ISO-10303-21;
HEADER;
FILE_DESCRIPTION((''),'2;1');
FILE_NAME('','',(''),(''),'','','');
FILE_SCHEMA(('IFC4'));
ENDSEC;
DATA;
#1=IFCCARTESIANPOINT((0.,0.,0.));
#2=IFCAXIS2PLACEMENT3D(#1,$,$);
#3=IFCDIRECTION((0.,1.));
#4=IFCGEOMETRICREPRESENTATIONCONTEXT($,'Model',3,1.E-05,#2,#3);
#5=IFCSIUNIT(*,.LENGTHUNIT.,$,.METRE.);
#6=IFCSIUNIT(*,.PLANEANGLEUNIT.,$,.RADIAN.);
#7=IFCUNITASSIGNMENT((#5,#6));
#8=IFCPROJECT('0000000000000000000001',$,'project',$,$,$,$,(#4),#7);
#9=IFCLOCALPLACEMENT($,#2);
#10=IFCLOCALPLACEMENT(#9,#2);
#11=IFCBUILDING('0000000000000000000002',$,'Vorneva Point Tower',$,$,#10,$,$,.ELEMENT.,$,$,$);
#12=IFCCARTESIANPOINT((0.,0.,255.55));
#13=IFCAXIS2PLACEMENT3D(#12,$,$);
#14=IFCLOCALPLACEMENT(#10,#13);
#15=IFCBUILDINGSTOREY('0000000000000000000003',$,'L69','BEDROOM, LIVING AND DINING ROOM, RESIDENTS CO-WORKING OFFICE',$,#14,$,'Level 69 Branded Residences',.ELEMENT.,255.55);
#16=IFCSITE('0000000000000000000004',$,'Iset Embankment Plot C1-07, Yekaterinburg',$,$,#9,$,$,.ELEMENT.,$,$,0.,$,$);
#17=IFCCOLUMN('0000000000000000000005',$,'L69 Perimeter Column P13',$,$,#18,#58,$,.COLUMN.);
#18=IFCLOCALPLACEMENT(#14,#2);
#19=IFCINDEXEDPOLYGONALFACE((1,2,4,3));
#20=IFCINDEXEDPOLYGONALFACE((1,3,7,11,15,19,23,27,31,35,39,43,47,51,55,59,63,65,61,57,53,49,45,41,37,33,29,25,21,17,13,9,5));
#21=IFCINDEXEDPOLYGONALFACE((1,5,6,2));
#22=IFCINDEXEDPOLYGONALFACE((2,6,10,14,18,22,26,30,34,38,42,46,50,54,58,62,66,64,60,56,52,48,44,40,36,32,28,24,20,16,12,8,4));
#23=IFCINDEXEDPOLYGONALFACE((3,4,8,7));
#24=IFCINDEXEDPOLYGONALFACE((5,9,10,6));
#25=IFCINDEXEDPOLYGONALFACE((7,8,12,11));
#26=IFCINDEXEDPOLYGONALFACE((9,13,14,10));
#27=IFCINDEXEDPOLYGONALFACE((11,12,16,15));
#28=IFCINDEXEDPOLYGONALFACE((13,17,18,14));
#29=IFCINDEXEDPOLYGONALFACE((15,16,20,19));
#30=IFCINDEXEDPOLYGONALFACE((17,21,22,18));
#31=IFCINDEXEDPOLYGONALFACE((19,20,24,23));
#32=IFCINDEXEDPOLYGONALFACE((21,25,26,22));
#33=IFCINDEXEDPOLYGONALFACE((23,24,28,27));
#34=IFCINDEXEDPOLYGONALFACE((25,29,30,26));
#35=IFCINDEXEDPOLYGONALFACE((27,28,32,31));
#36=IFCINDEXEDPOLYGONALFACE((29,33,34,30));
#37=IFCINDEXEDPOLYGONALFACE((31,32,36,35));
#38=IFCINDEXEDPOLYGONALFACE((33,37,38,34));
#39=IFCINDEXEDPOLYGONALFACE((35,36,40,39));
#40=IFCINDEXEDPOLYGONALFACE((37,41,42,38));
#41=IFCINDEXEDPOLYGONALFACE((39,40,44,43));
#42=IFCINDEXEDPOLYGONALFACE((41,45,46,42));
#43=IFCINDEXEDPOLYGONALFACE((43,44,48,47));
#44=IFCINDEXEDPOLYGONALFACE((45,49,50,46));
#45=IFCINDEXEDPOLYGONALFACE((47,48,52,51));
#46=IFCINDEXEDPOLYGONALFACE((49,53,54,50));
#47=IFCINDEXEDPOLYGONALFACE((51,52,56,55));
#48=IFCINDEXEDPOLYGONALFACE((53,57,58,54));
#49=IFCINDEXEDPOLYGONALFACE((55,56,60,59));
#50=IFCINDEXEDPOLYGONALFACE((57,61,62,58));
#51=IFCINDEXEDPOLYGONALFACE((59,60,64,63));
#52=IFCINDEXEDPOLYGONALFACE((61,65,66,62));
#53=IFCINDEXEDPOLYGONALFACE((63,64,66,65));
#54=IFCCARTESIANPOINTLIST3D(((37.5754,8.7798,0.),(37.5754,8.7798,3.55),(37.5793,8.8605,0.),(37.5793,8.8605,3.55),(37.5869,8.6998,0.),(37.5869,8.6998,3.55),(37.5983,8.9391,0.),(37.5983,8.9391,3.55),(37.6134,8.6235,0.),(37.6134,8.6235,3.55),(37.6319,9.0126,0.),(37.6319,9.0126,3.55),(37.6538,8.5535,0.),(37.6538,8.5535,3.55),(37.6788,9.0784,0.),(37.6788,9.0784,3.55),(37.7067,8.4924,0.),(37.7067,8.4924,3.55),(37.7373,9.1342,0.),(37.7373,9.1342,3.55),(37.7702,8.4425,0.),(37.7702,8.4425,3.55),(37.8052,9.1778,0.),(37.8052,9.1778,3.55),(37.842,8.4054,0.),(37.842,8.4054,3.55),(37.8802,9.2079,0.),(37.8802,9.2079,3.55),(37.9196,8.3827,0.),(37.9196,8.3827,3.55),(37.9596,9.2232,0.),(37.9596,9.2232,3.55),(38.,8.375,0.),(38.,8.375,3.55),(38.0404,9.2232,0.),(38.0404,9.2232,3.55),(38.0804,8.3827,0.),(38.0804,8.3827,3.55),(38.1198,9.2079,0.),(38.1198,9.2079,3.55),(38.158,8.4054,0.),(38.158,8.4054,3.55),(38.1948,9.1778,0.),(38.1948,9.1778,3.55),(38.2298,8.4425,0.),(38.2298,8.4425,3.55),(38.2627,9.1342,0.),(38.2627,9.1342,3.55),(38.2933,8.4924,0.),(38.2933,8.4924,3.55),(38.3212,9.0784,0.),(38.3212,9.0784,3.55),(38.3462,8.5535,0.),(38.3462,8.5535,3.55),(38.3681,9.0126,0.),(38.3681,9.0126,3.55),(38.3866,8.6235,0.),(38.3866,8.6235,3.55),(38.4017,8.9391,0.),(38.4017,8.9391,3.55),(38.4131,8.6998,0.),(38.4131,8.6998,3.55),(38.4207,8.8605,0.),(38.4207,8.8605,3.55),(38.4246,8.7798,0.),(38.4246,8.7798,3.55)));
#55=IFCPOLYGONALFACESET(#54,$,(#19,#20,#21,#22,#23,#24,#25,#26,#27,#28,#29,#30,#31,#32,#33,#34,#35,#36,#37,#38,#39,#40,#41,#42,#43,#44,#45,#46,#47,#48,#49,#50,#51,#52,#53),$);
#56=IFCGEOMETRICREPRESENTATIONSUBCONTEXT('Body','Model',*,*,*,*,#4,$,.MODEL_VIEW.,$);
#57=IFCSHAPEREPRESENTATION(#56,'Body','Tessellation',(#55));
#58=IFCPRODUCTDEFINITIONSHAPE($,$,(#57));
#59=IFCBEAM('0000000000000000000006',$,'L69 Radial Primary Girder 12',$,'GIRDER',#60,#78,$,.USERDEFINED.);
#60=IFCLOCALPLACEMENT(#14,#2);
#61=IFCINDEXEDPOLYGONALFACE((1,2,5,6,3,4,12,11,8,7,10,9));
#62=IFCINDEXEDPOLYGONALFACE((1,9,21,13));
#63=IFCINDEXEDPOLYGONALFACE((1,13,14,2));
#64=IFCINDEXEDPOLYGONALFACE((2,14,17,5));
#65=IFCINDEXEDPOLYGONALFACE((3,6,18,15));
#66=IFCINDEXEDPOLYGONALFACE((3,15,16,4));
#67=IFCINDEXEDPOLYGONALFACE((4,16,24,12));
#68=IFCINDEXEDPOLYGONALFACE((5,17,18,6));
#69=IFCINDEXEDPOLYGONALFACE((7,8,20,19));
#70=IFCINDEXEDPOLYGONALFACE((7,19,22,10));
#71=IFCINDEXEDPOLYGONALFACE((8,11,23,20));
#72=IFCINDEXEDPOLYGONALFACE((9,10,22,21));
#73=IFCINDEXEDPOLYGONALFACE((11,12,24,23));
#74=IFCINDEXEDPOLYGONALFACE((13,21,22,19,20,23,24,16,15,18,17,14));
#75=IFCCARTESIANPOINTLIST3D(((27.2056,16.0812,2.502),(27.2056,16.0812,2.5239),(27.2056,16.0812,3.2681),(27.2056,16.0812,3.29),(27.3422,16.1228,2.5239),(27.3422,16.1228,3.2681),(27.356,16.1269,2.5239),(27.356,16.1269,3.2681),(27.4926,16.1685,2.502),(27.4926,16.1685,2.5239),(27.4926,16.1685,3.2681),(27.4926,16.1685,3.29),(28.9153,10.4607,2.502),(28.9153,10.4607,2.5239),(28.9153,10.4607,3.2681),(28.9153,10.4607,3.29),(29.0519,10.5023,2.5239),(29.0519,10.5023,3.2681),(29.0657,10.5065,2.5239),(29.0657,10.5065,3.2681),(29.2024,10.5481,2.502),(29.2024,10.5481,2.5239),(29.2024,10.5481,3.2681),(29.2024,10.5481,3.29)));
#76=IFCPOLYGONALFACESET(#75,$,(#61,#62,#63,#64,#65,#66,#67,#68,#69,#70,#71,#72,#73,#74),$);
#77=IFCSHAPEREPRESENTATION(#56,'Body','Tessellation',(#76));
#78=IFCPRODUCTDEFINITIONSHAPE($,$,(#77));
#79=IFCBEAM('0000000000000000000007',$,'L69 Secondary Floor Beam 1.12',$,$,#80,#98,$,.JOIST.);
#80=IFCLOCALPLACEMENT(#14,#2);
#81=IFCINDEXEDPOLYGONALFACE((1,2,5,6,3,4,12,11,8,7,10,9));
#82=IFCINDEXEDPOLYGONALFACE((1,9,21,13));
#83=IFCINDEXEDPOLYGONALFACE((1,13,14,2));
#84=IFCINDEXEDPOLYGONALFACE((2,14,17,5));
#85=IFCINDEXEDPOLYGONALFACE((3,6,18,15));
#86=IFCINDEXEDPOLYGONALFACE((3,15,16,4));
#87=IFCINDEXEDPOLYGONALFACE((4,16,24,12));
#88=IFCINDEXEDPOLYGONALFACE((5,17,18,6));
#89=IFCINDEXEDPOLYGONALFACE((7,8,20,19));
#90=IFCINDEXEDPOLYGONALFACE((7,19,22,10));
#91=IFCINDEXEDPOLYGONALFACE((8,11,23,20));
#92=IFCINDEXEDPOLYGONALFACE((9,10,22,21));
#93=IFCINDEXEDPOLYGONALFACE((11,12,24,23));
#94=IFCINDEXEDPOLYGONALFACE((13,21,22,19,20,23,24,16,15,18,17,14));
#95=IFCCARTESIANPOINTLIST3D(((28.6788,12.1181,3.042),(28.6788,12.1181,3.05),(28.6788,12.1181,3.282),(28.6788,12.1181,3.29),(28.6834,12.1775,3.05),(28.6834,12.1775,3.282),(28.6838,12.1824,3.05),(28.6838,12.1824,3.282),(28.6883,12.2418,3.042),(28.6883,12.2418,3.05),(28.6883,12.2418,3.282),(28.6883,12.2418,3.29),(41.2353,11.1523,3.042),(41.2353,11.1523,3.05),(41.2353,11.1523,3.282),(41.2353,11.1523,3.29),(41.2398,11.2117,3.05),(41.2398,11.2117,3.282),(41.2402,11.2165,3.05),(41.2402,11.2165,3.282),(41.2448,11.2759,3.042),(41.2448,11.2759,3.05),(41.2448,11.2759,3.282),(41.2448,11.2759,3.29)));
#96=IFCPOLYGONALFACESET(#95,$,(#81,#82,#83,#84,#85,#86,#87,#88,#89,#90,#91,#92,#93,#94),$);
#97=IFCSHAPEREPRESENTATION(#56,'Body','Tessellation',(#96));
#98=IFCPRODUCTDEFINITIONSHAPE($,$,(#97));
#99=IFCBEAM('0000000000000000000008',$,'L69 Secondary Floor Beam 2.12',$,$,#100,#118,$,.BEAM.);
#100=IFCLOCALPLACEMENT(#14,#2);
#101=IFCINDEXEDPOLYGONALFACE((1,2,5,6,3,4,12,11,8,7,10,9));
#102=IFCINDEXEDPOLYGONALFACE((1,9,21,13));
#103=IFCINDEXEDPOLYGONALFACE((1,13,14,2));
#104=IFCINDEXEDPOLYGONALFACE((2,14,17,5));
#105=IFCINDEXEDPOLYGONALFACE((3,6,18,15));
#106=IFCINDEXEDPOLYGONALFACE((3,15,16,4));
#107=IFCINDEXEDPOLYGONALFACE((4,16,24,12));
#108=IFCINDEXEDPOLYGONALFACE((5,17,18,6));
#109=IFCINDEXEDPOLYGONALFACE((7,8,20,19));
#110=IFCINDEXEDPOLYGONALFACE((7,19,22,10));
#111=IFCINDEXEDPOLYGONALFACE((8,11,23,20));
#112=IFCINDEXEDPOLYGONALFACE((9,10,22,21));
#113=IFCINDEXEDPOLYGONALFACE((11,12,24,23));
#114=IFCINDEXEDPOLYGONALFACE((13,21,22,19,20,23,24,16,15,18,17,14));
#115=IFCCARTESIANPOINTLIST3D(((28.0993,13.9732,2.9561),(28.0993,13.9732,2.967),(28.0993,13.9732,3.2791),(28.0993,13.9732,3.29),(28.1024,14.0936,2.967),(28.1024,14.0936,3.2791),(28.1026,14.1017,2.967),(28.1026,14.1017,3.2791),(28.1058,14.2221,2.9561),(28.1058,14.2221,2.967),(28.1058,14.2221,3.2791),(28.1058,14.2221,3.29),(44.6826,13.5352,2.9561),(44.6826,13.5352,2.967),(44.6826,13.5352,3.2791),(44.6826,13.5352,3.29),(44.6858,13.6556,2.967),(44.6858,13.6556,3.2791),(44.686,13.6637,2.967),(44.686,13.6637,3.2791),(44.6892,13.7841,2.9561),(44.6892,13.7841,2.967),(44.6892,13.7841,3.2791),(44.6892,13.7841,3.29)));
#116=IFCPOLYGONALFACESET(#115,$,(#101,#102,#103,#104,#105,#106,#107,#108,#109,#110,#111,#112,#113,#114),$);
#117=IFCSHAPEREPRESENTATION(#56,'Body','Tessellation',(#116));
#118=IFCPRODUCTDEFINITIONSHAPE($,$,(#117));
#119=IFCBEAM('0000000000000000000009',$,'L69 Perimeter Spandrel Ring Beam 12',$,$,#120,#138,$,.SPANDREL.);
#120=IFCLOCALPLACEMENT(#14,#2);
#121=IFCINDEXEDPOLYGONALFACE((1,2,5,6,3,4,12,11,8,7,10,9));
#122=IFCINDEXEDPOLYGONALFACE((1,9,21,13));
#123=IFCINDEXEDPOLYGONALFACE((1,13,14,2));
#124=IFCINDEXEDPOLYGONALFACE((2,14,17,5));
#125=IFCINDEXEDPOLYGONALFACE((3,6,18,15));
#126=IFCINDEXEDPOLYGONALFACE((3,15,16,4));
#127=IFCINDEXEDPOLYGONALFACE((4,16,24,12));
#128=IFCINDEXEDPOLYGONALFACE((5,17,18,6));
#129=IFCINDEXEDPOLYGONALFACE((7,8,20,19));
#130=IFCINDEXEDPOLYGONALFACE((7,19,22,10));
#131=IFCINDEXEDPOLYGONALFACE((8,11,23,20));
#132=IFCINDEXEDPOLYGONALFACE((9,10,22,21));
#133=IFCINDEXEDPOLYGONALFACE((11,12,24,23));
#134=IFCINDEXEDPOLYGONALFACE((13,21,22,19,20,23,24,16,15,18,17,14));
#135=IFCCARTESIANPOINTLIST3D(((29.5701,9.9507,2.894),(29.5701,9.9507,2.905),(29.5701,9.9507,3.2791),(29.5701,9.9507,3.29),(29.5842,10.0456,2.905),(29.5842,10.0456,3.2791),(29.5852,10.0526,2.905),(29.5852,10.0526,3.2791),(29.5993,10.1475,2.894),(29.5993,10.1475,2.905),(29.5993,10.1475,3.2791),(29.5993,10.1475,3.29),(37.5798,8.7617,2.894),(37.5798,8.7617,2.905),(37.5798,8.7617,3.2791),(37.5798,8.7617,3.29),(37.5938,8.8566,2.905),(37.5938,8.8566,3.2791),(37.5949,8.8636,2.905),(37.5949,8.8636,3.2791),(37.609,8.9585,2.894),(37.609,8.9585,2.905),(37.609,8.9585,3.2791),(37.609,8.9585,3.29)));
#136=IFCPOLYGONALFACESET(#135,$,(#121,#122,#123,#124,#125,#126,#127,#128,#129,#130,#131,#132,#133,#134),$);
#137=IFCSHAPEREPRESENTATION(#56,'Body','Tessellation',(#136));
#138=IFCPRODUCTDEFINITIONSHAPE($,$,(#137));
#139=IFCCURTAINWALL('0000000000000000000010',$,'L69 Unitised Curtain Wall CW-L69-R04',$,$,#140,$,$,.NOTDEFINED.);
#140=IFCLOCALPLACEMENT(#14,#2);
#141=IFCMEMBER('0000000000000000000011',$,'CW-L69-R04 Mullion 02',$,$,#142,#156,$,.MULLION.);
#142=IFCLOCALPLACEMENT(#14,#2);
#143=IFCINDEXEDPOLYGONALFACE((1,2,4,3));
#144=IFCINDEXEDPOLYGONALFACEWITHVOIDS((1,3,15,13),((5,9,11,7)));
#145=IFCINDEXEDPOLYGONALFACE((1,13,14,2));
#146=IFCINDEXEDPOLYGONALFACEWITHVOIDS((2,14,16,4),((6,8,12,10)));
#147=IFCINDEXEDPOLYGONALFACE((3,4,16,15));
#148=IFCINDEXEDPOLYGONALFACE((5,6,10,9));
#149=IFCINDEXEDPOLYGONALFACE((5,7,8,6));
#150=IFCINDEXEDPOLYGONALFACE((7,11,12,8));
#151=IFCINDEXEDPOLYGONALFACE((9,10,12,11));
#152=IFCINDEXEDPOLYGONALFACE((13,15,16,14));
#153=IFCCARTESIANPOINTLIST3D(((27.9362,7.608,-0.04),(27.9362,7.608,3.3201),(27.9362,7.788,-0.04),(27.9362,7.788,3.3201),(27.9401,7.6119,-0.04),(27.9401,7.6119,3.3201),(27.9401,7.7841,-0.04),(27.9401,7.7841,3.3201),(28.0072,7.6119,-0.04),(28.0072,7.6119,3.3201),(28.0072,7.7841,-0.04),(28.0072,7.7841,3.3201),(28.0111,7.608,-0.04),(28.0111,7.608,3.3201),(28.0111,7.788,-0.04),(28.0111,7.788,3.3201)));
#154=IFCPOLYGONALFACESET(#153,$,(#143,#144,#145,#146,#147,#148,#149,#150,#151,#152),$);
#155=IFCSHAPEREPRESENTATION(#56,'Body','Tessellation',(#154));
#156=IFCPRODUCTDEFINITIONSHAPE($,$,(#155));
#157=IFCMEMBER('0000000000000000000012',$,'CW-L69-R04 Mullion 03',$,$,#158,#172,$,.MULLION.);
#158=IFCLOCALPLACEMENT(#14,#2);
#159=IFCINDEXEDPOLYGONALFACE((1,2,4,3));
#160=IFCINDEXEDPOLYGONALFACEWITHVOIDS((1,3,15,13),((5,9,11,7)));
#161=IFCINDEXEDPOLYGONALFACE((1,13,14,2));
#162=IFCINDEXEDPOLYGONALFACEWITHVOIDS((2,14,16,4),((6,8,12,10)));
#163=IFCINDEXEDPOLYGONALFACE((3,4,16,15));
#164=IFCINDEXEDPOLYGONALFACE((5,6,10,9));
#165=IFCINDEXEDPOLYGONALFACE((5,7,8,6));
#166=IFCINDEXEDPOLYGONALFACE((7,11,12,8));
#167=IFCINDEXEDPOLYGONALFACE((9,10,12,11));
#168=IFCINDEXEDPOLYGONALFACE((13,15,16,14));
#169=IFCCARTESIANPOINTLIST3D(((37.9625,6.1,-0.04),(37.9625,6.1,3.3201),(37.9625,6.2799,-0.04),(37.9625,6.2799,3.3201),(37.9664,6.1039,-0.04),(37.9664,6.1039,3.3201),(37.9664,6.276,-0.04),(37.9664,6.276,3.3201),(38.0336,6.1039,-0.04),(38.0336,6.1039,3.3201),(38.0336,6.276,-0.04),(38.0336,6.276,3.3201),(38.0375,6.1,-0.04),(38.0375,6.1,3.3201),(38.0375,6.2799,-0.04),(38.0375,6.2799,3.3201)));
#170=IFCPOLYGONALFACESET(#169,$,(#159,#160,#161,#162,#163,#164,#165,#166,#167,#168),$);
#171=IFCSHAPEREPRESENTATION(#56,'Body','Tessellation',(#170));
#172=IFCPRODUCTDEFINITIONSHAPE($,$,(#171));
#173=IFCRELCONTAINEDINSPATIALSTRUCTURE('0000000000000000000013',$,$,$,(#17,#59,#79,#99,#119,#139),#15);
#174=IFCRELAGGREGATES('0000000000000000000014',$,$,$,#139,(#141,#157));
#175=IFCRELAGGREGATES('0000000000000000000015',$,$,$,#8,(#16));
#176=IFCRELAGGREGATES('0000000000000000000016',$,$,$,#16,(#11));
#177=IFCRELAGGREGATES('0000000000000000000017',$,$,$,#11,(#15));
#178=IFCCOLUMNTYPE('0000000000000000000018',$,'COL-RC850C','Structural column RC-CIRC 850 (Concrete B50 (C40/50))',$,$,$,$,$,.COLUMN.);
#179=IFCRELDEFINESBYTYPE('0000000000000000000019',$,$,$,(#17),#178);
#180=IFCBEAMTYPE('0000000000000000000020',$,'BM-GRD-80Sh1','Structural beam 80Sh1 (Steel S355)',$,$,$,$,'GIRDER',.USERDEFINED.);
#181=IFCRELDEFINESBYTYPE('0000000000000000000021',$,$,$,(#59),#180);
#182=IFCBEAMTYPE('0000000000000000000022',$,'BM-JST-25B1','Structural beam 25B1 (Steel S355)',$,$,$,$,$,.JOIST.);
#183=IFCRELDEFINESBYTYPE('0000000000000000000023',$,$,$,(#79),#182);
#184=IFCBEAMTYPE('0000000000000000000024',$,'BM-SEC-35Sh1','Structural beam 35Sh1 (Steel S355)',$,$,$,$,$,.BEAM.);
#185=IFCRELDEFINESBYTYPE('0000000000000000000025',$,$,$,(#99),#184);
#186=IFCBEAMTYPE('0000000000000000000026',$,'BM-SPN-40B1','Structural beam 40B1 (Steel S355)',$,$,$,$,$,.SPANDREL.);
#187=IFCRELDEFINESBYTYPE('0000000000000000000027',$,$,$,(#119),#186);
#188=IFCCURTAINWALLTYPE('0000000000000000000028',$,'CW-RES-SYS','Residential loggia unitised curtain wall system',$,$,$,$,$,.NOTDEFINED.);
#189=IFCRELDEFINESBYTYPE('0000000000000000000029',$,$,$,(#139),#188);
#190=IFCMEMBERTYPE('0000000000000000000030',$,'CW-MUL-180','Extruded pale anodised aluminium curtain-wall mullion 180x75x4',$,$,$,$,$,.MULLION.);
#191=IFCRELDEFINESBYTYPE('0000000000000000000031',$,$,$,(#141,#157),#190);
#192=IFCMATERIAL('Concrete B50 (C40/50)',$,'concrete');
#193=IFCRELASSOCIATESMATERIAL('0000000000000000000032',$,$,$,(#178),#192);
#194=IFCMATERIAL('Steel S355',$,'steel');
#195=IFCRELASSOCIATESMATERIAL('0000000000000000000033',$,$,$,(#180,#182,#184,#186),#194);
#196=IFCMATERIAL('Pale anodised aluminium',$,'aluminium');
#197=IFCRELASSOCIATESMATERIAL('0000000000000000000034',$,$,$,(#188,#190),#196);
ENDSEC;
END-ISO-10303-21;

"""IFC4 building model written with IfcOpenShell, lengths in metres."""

from ifc_helpers import new_model, si_unit, direction, frame, origin, origin_2d, place, context, subcontext, project, spatial, hollow_rectangle, circle, i_section, extrude, material, material_profile, profile_set, type_object, element, aggregate, save


model = new_model("IFC4")

# Units and contexts
model_context = context("Model", 3, precision=1e-05, world=origin(), true_north=direction((0.0, 1.0)))
body_context = subcontext(model_context, "Body", "Model", "MODEL_VIEW")
ifc_project = project(units=[si_unit("LENGTHUNIT", "METRE"), si_unit("PLANEANGLEUNIT", "RADIAN")], contexts=[model_context])

# Site, building, storey
site_placement = place(None, origin())
site = spatial("IfcSite", under=ifc_project, at=site_placement, Name="Iset Embankment Plot C1-07, Yekaterinburg", CompositionType="ELEMENT", RefElevation=0.0)
building_placement = place(site_placement, origin())
building = spatial("IfcBuilding", under=site, at=building_placement, Name="Vorneva Point Tower", CompositionType="ELEMENT")
storey_placement = place(building_placement, frame((0.0, 0.0, 255.55)))
storey = spatial("IfcBuildingStorey", under=building, at=storey_placement, Name="L69", Description="BEDROOM, LIVING AND DINING ROOM, RESIDENTS CO-WORKING OFFICE", LongName="Level 69 Branded Residences", CompositionType="ELEMENT", Elevation=255.55)

# Column
ifc_material_1 = material(Name="Concrete B50 (C40/50)", Category="concrete")
ifc_material_profile_1 = material_profile(ifc_material_1, circle(Radius=0.425, at=origin_2d()), Name="RC-CIRC 850")
ifc_profile_set_1 = profile_set([ifc_material_profile_1], Name="Concrete B50 (C40/50)")
column_type = type_object("IfcColumnType", Name="COL-RC850C", Description="Structural column RC-CIRC 850 (Concrete B50 (C40/50))", PredefinedType="COLUMN", material=ifc_profile_set_1)
for number, where, z_axis, x_axis, name in (
    (1, (38.0, 8.8, 0.0), (0.0, 0.0, 1.0), (0.0, -1.0, 0.0), "L69 Perimeter Column P13"),
):
    element("IfcColumn", number, at=place(storey_placement, frame(where, z_axis=z_axis, x_axis=x_axis)), inside=storey, type_object=column_type, Name=name, PredefinedType="COLUMN", context=body_context, shape_type="SweptSolid", body=[
        extrude(circle(Radius=0.425, at=origin_2d()), origin(), (0.0, 0.0, 1.0), 3.55),
    ])

# Beams
ifc_material_2 = material(Name="Steel S355", Category="steel")
ifc_material_profile_2 = material_profile(ifc_material_2, i_section(OverallWidth=0.3, OverallDepth=0.7881, WebThickness=0.0144, FlangeThickness=0.022, at=origin_2d()), Name="80Sh1")
ifc_profile_set_2 = profile_set([ifc_material_profile_2], Name="Steel S355")
beam_type_1 = type_object("IfcBeamType", Name="BM-GRD-80Sh1", Description="Structural beam 80Sh1 (Steel S355)", ElementType="GIRDER", PredefinedType="USERDEFINED", material=ifc_profile_set_2)
beam_1_placement = place(storey_placement, frame((29.0588, 10.5044, 2.896), z_axis=(-0.291033, 0.956713, 0.0), x_axis=(-0.956713, -0.291033, 0.0)))
element("IfcBeam", 2, at=beam_1_placement, inside=storey, type_object=beam_type_1, Name="L69 Radial Primary Girder 12", ObjectType="GIRDER", PredefinedType="USERDEFINED", context=body_context, shape_type="SweptSolid", body=[
    extrude(i_section(OverallWidth=0.3, OverallDepth=0.7881, WebThickness=0.0144, FlangeThickness=0.022, at=origin_2d()), origin(), (0.0, 0.0, 1.0), 5.8748),
])
ifc_material_profile_3 = material_profile(ifc_material_2, i_section(OverallWidth=0.124, OverallDepth=0.248, WebThickness=0.0049, FlangeThickness=0.0081, at=origin_2d()), Name="25B1")
ifc_profile_set_3 = profile_set([ifc_material_profile_3], Name="Steel S355")
beam_type_2 = type_object("IfcBeamType", Name="BM-JST-25B1", Description="Structural beam 25B1 (Steel S355)", PredefinedType="JOIST", material=ifc_profile_set_3)
beam_2_placement = place(storey_placement, frame((28.6836, 12.1799, 3.166), z_axis=(0.997055, -0.076692, 0.0), x_axis=(0.076692, 0.997055, 0.0)))
element("IfcBeam", 3, at=beam_2_placement, inside=storey, type_object=beam_type_2, Name="L69 Secondary Floor Beam 1.12", PredefinedType="JOIST", context=body_context, shape_type="SweptSolid", body=[
    extrude(i_section(OverallWidth=0.124, OverallDepth=0.248, WebThickness=0.0049, FlangeThickness=0.0081, at=origin_2d()), origin(), (0.0, 0.0, 1.0), 12.5935),
])
ifc_material_profile_4 = material_profile(ifc_material_2, i_section(OverallWidth=0.249, OverallDepth=0.334, WebThickness=0.0081, FlangeThickness=0.011, at=origin_2d()), Name="35Sh1")
ifc_profile_set_4 = profile_set([ifc_material_profile_4], Name="Steel S355")
beam_type_3 = type_object("IfcBeamType", Name="BM-SEC-35Sh1", Description="Structural beam 35Sh1 (Steel S355)", PredefinedType="BEAM", material=ifc_profile_set_4)
beam_3_placement = place(storey_placement, frame((28.1025, 14.0977, 3.123), z_axis=(0.999651, -0.026402, 0.0), x_axis=(0.026402, 0.999651, 0.0)))
element("IfcBeam", 4, at=beam_3_placement, inside=storey, type_object=beam_type_3, Name="L69 Secondary Floor Beam 2.12", PredefinedType="BEAM", context=body_context, shape_type="SweptSolid", body=[
    extrude(i_section(OverallWidth=0.249, OverallDepth=0.334, WebThickness=0.0081, FlangeThickness=0.011, at=origin_2d()), origin(), (0.0, 0.0, 1.0), 16.5891),
])
ifc_material_profile_5 = material_profile(ifc_material_2, i_section(OverallWidth=0.199, OverallDepth=0.396, WebThickness=0.0071, FlangeThickness=0.011, at=origin_2d()), Name="40B1")
ifc_profile_set_5 = profile_set([ifc_material_profile_5], Name="Steel S355")
beam_type_4 = type_object("IfcBeamType", Name="BM-SPN-40B1", Description="Structural beam 40B1 (Steel S355)", PredefinedType="SPANDREL", material=ifc_profile_set_5)
beam_4_placement = place(storey_placement, frame((29.5847, 10.0491, 3.092), z_axis=(0.989162, -0.146831, 0.0), x_axis=(0.146831, 0.989162, 0.0)))
element("IfcBeam", 5, at=beam_4_placement, inside=storey, type_object=beam_type_4, Name="L69 Perimeter Spandrel Ring Beam 12", PredefinedType="SPANDREL", context=body_context, shape_type="SweptSolid", body=[
    extrude(i_section(OverallWidth=0.199, OverallDepth=0.396, WebThickness=0.0071, FlangeThickness=0.011, at=origin_2d()), origin(), (0.0, 0.0, 1.0), 8.0974),
])

# Curtain wall, members
ifc_material_3 = material(Name="Pale anodised aluminium", Category="aluminium")
curtain_wall_type = type_object("IfcCurtainWallType", Name="CW-RES-SYS", Description="Residential loggia unitised curtain wall system", PredefinedType="NOTDEFINED", material=ifc_material_3)
curtain_wall_placement = place(storey_placement, origin())
curtain_wall = element("IfcCurtainWall", 6, at=curtain_wall_placement, inside=storey, type_object=curtain_wall_type, Name="L69 Unitised Curtain Wall CW-L69-R04", PredefinedType="NOTDEFINED")
ifc_material_profile_6 = material_profile(ifc_material_3, hollow_rectangle(XDim=0.075, YDim=0.1799, WallThickness=0.0039, at=origin_2d()), Name="AL-MUL 180x75x4")
ifc_profile_set_6 = profile_set([ifc_material_profile_6], Name="Pale anodised aluminium")
member_type_1 = type_object("IfcMemberType", Name="CW-MUL-180", Description="Extruded pale anodised aluminium curtain-wall mullion 180x75x4", PredefinedType="MULLION", material=ifc_profile_set_6)
member_1_placement = place(storey_placement, frame((27.9736, 7.698, -0.04), z_axis=(0.0, 0.0, 1.0), x_axis=(1.0, 0.0, 0.0)))
member_1 = element("IfcMember", 7, at=member_1_placement, type_object=member_type_1, Name="CW-L69-R04 Mullion 02", PredefinedType="MULLION", context=body_context, shape_type="SweptSolid", body=[
    extrude(hollow_rectangle(XDim=0.075, YDim=0.1799, WallThickness=0.0039, at=origin_2d()), origin(), (0.0, 0.0, 1.0), 3.3601),
])
member_2_placement = place(storey_placement, frame((38.0, 6.1899, -0.04), z_axis=(0.0, 0.0, 1.0), x_axis=(1.0, 0.0, 0.0)))
member_2 = element("IfcMember", 8, at=member_2_placement, type_object=member_type_1, Name="CW-L69-R04 Mullion 03", PredefinedType="MULLION", context=body_context, shape_type="SweptSolid", body=[
    extrude(hollow_rectangle(XDim=0.075, YDim=0.1799, WallThickness=0.0039, at=origin_2d()), origin(), (0.0, 0.0, 1.0), 3.3601),
])
aggregate(curtain_wall, [member_1, member_2])

save(model, "model.ifc")
